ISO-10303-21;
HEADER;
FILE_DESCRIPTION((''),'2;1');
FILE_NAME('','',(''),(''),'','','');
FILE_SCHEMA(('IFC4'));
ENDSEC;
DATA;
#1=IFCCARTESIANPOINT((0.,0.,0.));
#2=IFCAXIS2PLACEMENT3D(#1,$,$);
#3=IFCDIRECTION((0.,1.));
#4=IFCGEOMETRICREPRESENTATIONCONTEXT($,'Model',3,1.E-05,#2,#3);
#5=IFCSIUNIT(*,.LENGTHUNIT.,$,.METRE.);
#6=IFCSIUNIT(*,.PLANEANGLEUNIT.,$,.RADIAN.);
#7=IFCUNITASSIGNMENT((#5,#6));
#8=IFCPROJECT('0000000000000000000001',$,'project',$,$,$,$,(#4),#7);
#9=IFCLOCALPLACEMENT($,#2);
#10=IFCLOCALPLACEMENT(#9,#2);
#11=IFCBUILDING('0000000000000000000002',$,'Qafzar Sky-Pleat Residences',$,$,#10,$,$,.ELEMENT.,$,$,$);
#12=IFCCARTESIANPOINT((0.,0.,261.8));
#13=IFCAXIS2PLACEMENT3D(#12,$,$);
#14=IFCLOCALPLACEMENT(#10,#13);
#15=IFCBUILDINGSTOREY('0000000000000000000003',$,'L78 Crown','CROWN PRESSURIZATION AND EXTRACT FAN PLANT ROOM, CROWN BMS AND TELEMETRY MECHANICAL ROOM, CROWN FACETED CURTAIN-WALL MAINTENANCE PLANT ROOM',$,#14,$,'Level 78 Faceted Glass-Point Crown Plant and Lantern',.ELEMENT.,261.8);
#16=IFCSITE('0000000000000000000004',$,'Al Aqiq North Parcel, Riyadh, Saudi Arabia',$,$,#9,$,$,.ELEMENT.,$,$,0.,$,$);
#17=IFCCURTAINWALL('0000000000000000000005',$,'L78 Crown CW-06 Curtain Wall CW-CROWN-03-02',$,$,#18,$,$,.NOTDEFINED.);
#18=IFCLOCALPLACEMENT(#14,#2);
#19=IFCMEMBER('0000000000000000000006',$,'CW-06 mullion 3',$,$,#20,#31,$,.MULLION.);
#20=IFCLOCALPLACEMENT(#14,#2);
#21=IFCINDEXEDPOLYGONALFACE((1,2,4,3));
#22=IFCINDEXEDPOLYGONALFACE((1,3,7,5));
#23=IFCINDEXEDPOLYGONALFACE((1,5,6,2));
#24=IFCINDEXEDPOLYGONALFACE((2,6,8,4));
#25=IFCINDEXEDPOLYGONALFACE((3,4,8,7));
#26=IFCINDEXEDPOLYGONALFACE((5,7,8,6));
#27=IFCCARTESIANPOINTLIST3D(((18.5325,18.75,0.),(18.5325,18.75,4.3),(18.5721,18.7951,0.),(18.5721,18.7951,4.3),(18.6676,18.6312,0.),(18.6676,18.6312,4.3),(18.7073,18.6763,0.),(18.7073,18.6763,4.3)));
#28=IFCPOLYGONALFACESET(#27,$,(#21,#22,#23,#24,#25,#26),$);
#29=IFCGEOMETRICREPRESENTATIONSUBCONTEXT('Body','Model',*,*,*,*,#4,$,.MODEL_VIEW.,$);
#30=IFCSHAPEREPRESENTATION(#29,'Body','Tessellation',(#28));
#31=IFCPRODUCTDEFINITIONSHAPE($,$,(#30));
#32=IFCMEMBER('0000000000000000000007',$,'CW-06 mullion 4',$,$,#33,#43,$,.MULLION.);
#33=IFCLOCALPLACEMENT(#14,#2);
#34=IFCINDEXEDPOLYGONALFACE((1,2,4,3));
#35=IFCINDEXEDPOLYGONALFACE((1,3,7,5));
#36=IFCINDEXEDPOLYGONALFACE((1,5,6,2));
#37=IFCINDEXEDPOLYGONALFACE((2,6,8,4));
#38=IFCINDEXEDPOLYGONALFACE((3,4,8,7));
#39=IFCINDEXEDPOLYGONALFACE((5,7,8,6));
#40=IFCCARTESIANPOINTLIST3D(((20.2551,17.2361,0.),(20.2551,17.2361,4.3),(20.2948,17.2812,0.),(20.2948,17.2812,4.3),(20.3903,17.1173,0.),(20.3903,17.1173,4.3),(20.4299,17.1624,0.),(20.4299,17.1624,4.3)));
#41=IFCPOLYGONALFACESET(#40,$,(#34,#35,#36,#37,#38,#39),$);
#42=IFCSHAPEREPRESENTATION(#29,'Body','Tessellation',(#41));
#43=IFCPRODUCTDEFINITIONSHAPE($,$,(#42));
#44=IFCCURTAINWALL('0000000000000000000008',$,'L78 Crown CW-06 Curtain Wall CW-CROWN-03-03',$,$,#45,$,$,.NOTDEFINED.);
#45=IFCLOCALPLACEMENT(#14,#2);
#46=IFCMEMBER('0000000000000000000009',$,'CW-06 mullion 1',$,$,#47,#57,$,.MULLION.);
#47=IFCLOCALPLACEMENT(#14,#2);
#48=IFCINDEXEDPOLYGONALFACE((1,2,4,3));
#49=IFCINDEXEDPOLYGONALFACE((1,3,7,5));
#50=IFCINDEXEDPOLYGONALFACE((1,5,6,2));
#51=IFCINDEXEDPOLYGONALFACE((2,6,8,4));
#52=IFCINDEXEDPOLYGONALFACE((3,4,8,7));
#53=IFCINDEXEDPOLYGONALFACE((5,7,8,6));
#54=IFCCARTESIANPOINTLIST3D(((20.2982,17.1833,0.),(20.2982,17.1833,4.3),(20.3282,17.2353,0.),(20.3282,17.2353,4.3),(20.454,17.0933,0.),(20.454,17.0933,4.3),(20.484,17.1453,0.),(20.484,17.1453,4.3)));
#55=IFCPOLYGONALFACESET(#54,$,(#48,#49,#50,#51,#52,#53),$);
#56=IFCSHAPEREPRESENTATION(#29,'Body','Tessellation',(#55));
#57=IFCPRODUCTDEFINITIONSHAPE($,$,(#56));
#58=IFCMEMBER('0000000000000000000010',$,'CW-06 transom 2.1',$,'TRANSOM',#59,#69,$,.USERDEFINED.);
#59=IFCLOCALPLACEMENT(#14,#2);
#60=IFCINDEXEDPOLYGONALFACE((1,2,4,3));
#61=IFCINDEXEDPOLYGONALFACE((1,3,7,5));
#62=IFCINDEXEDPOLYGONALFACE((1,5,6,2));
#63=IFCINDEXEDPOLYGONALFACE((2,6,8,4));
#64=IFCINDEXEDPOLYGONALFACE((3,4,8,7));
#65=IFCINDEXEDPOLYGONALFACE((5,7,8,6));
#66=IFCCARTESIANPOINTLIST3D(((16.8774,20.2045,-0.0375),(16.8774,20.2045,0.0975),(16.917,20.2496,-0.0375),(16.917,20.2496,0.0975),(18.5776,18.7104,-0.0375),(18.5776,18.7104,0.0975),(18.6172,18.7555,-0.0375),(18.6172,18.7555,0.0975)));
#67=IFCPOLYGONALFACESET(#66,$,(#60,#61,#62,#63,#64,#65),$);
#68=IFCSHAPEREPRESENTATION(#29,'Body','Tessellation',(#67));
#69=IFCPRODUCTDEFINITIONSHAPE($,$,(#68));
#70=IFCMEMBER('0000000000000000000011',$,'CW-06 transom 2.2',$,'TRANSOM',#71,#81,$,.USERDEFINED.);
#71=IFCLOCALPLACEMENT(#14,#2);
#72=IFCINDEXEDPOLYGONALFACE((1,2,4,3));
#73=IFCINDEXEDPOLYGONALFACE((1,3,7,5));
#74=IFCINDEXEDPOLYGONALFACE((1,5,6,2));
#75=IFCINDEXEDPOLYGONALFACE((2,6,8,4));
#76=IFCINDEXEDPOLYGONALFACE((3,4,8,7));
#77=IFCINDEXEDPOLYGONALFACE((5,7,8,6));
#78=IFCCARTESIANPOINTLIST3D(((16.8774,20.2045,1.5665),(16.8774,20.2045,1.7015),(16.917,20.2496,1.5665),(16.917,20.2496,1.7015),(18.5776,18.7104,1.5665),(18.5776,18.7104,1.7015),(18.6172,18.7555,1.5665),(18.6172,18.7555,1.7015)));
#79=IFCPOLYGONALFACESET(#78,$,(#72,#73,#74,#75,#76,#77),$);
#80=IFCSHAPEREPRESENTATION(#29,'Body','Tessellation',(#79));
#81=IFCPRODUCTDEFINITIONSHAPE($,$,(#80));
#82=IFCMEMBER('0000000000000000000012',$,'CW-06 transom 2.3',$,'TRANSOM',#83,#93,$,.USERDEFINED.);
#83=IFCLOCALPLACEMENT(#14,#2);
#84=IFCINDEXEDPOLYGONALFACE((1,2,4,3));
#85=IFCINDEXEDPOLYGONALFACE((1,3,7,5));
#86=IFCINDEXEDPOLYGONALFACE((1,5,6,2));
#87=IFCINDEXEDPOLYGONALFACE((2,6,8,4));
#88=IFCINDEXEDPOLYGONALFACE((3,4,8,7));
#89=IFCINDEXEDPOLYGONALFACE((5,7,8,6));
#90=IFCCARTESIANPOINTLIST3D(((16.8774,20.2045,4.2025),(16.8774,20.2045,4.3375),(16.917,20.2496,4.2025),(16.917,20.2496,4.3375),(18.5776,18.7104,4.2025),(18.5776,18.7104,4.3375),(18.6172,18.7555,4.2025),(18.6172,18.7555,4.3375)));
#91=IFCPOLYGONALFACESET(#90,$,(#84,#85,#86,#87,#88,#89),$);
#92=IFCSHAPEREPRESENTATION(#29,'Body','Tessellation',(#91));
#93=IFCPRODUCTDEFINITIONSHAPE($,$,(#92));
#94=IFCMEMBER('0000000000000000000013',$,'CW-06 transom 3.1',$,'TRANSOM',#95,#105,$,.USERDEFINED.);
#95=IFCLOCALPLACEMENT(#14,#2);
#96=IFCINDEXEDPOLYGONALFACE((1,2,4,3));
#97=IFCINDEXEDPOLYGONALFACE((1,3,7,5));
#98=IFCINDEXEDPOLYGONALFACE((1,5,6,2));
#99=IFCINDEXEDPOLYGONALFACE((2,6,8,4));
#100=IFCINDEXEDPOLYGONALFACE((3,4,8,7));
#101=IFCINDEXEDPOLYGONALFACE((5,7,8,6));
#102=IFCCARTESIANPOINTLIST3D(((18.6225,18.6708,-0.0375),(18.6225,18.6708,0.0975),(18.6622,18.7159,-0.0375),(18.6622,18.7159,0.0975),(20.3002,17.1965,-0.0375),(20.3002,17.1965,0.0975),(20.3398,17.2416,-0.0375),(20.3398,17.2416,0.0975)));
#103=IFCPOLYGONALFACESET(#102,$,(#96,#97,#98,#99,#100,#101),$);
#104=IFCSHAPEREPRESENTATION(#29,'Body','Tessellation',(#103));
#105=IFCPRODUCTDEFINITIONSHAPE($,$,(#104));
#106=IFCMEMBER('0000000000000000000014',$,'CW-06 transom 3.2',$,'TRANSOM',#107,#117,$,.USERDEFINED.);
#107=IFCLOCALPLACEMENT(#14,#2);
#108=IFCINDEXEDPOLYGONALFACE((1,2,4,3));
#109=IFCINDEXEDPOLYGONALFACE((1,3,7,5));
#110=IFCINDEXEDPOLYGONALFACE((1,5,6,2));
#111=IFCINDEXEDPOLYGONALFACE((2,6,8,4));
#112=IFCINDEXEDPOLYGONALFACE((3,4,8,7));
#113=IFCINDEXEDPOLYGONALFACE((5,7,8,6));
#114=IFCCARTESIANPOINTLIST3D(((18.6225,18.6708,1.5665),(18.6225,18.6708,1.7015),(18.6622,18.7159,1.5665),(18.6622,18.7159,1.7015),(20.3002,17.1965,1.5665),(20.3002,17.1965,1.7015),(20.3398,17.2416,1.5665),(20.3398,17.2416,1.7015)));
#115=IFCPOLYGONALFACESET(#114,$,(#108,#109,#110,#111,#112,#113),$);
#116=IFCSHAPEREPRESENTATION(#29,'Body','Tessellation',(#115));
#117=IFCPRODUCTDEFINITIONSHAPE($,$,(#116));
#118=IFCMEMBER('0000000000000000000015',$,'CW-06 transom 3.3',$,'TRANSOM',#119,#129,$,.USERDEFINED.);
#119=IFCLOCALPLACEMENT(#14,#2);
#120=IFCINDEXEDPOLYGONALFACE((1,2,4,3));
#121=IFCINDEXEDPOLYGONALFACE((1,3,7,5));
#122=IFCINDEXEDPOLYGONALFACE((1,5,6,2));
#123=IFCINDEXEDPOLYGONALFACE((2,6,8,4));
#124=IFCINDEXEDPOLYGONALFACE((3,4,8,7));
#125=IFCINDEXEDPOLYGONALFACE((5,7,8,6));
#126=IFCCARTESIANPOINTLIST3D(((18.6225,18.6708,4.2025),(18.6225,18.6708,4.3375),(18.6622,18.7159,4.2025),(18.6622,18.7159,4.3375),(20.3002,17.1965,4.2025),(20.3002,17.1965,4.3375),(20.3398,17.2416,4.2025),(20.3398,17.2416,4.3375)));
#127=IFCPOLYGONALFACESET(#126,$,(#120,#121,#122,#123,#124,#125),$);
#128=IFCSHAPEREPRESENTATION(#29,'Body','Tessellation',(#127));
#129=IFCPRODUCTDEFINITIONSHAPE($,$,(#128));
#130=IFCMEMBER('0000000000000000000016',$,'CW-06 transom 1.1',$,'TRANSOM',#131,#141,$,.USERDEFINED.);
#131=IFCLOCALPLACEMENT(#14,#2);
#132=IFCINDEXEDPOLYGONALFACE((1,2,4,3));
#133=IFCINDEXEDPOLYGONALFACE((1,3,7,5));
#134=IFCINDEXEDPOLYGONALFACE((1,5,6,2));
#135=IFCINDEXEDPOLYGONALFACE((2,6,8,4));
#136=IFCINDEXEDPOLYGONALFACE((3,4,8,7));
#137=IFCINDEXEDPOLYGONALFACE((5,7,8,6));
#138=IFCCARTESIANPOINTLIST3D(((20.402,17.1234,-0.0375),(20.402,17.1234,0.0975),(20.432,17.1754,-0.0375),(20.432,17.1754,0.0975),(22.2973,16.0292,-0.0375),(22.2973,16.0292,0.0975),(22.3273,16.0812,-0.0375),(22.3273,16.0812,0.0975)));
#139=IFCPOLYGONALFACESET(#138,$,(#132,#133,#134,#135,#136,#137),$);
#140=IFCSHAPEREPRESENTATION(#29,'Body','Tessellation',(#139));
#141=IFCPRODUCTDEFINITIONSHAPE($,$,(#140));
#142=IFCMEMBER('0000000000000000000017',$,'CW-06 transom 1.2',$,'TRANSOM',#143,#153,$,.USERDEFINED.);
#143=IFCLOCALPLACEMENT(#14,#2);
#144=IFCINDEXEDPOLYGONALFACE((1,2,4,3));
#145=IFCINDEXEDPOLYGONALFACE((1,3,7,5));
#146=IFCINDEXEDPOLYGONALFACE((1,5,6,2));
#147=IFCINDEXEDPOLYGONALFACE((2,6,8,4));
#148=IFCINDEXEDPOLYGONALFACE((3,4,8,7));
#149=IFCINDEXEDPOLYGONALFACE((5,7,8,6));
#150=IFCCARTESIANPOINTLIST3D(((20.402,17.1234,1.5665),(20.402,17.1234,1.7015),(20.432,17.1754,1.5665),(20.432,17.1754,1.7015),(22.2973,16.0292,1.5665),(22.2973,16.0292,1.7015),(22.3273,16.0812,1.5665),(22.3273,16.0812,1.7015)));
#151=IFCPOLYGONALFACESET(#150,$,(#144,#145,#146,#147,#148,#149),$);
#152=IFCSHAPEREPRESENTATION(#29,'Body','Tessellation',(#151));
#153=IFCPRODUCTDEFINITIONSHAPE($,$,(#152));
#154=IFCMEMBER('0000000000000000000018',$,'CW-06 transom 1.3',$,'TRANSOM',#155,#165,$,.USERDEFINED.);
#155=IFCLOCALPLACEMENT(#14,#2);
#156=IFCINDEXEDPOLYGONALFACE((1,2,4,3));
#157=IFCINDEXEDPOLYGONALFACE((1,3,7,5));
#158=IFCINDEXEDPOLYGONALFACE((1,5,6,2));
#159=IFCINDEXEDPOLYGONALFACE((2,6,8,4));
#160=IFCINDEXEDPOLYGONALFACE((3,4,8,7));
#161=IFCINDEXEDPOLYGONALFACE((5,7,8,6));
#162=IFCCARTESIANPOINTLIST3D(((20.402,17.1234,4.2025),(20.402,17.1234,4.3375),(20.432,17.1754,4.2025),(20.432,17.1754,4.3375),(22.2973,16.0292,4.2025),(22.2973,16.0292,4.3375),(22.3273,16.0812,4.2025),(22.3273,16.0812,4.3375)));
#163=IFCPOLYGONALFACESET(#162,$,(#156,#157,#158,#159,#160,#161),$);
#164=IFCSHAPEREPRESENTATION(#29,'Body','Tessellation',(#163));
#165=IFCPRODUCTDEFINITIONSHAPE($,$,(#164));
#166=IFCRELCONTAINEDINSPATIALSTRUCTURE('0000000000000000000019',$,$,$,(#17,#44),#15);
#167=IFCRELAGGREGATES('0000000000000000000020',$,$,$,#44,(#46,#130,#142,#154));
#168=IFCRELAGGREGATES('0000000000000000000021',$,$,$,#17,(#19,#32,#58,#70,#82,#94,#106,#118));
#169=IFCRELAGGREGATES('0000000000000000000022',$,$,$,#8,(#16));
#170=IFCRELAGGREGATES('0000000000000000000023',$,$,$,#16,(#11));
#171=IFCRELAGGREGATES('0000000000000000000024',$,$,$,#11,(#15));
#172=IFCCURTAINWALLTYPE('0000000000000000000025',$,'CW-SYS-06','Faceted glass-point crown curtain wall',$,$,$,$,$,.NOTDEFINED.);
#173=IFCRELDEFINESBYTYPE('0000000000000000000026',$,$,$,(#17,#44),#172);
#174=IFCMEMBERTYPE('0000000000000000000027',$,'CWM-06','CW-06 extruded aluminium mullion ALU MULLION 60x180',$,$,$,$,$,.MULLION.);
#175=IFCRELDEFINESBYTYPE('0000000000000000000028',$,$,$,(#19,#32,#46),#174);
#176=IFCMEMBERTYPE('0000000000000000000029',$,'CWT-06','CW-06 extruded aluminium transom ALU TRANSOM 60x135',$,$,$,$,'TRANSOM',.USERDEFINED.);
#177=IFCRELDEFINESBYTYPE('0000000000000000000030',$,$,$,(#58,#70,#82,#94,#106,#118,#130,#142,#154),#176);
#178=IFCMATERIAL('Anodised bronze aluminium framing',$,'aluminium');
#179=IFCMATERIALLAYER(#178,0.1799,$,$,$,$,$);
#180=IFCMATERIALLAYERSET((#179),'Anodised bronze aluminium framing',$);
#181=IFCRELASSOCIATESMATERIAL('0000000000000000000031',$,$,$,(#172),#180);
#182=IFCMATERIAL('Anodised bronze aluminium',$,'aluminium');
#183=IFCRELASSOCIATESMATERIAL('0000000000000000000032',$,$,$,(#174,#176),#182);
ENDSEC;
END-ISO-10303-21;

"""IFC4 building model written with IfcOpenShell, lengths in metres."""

from ifc_helpers import new_model, si_unit, direction, frame, origin, origin_2d, place, context, subcontext, project, spatial, rectangle, extrude, source, transform, mapped, material, layer, layer_set, material_profile, profile_set, type_object, element, aggregate, save


model = new_model("IFC4")

# Units and contexts
model_context = context("Model", 3, precision=1e-05, world=origin(), true_north=direction((0.0, 1.0)))
body_context = subcontext(model_context, "Body", "Model", "MODEL_VIEW")
ifc_project = project(units=[si_unit("LENGTHUNIT", "METRE"), si_unit("PLANEANGLEUNIT", "RADIAN")], contexts=[model_context])

# Site, building, storey
site_placement = place(None, origin())
site = spatial("IfcSite", under=ifc_project, at=site_placement, Name="Al Aqiq North Parcel, Riyadh, Saudi Arabia", CompositionType="ELEMENT", RefElevation=0.0)
building_placement = place(site_placement, origin())
building = spatial("IfcBuilding", under=site, at=building_placement, Name="Qafzar Sky-Pleat Residences", CompositionType="ELEMENT")
storey_placement = place(building_placement, frame((0.0, 0.0, 261.8)))
storey = spatial("IfcBuildingStorey", under=building, at=storey_placement, Name="L78 Crown", Description="CROWN PRESSURIZATION AND EXTRACT FAN PLANT ROOM, CROWN BMS AND TELEMETRY MECHANICAL ROOM, CROWN FACETED CURTAIN-WALL MAINTENANCE PLANT ROOM", LongName="Level 78 Faceted Glass-Point Crown Plant and Lantern", CompositionType="ELEMENT", Elevation=261.8)

# Curtain wall, members
ifc_material_1 = material(Name="Anodised bronze aluminium framing", Category="aluminium")
ifc_layer_1 = layer(ifc_material_1, 0.1799)
ifc_layer_set_1 = layer_set([ifc_layer_1], Name="Anodised bronze aluminium framing")
curtain_wall_type = type_object("IfcCurtainWallType", Name="CW-SYS-06", Description="Faceted glass-point crown curtain wall", PredefinedType="NOTDEFINED", material=ifc_layer_set_1)
curtain_wall_1_placement = place(storey_placement, origin())
curtain_wall_1 = element("IfcCurtainWall", 1, at=curtain_wall_1_placement, inside=storey, type_object=curtain_wall_type, Name="L78 Crown CW-06 Curtain Wall CW-CROWN-03-02", PredefinedType="NOTDEFINED")
ifc_material_2 = material(Name="Anodised bronze aluminium", Category="aluminium")
ifc_material_profile_1 = material_profile(ifc_material_2, rectangle(XDim=0.0601, YDim=0.1799, at=origin_2d()), Name="ALU MULLION 60x180")
ifc_profile_set_1 = profile_set([ifc_material_profile_1], Name="Anodised bronze aluminium")
member_type_1 = type_object("IfcMemberType", Name="CWM-06", Description="CW-06 extruded aluminium mullion ALU MULLION 60x180", PredefinedType="MULLION", material=ifc_profile_set_1)
shared_shape_1 = source(origin(), body_context, "Body", "SweptSolid", [
    extrude(rectangle(XDim=0.0601, YDim=0.1799, at=origin_2d()), origin(), (0.0, 0.0, 1.0), 4.3),
])
member_1_placement = place(storey_placement, frame((18.6199, 18.7131, 0.0), z_axis=(0.0, 0.0, 1.0), x_axis=(0.660134, 0.751148, 0.0)))
member_1 = element("IfcMember", 2, at=member_1_placement, type_object=member_type_1, Name="CW-06 mullion 3", PredefinedType="MULLION", context=body_context, shape_type="MappedRepresentation", body=[
    mapped(shared_shape_1, transform((0.0, 0.0, 0.0), x_axis=(1.0, 0.0, 0.0), y_axis=(0.0, 1.0, 0.0), z_axis=(0.0, 0.0, 1.0), scale=1.0)),
])
member_2_placement = place(storey_placement, frame((20.3425, 17.1992, 0.0), z_axis=(0.0, 0.0, 1.0), x_axis=(0.660134, 0.751148, 0.0)))
member_2 = element("IfcMember", 3, at=member_2_placement, type_object=member_type_1, Name="CW-06 mullion 4", PredefinedType="MULLION", context=body_context, shape_type="MappedRepresentation", body=[
    mapped(shared_shape_1, transform((0.0, 0.0, 0.0), x_axis=(1.0, 0.0, 0.0), y_axis=(0.0, 1.0, 0.0), z_axis=(0.0, 0.0, 1.0), scale=1.0)),
])

# Curtain wall, member
curtain_wall_2_placement = place(storey_placement, origin())
curtain_wall_2 = element("IfcCurtainWall", 4, at=curtain_wall_2_placement, inside=storey, type_object=curtain_wall_type, Name="L78 Crown CW-06 Curtain Wall CW-CROWN-03-03", PredefinedType="NOTDEFINED")
member_3_placement = place(storey_placement, frame((20.3911, 17.1643, 0.0), z_axis=(0.0, 0.0, 1.0), x_axis=(0.499993, 0.86603, 0.0)))
member_3 = element("IfcMember", 5, at=member_3_placement, type_object=member_type_1, Name="CW-06 mullion 1", PredefinedType="MULLION", context=body_context, shape_type="MappedRepresentation", body=[
    mapped(shared_shape_1, transform((0.0, 0.0, 0.0), x_axis=(1.0, 0.0, 0.0), y_axis=(0.0, 1.0, 0.0), z_axis=(0.0, 0.0, 1.0), scale=1.0)),
])

# Members
ifc_material_profile_2 = material_profile(ifc_material_2, rectangle(XDim=0.0601, YDim=0.135, at=origin_2d()), Name="ALU TRANSOM 60x135")
ifc_profile_set_2 = profile_set([ifc_material_profile_2], Name="Anodised bronze aluminium")
member_type_2 = type_object("IfcMemberType", Name="CWT-06", Description="CW-06 extruded aluminium transom ALU TRANSOM 60x135", ElementType="TRANSOM", PredefinedType="USERDEFINED", material=ifc_profile_set_2)
shared_shape_2 = source(origin(), body_context, "Body", "SweptSolid", [
    extrude(rectangle(XDim=0.0601, YDim=0.135, at=origin_2d()), origin(), (0.0, 0.0, 1.0), 2.2634),
])
member_4_placement = place(storey_placement, frame((16.8972, 20.2271, 0.03), z_axis=(0.751158, -0.660122, 0.0), x_axis=(0.660122, 0.751158, 0.0)))
member_4 = element("IfcMember", 6, at=member_4_placement, type_object=member_type_2, Name="CW-06 transom 2.1", ObjectType="TRANSOM", PredefinedType="USERDEFINED", context=body_context, shape_type="MappedRepresentation", body=[
    mapped(shared_shape_2, transform((0.0, 0.0, 0.0), x_axis=(1.0, 0.0, 0.0), y_axis=(0.0, 1.0, 0.0), z_axis=(0.0, 0.0, 1.0), scale=1.0)),
])
member_5_placement = place(storey_placement, frame((16.8972, 20.2271, 1.634), z_axis=(0.751158, -0.660122, 0.0), x_axis=(0.660122, 0.751158, 0.0)))
member_5 = element("IfcMember", 7, at=member_5_placement, type_object=member_type_2, Name="CW-06 transom 2.2", ObjectType="TRANSOM", PredefinedType="USERDEFINED", context=body_context, shape_type="MappedRepresentation", body=[
    mapped(shared_shape_2, transform((0.0, 0.0, 0.0), x_axis=(1.0, 0.0, 0.0), y_axis=(0.0, 1.0, 0.0), z_axis=(0.0, 0.0, 1.0), scale=1.0)),
])
member_6_placement = place(storey_placement, frame((16.8972, 20.2271, 4.27), z_axis=(0.751158, -0.660122, 0.0), x_axis=(0.660122, 0.751158, 0.0)))
member_6 = element("IfcMember", 8, at=member_6_placement, type_object=member_type_2, Name="CW-06 transom 2.3", ObjectType="TRANSOM", PredefinedType="USERDEFINED", context=body_context, shape_type="MappedRepresentation", body=[
    mapped(shared_shape_2, transform((0.0, 0.0, 0.0), x_axis=(1.0, 0.0, 0.0), y_axis=(0.0, 1.0, 0.0), z_axis=(0.0, 0.0, 1.0), scale=1.0)),
])
shared_shape_3 = source(origin(), body_context, "Body", "SweptSolid", [
    extrude(rectangle(XDim=0.0601, YDim=0.135, at=origin_2d()), origin(), (0.0, 0.0, 1.0), 2.2334),
])
member_7_placement = place(storey_placement, frame((18.6423, 18.6934, 0.03), z_axis=(0.751167, -0.660113, 0.0), x_axis=(0.660113, 0.751167, 0.0)))
member_7 = element("IfcMember", 9, at=member_7_placement, type_object=member_type_2, Name="CW-06 transom 3.1", ObjectType="TRANSOM", PredefinedType="USERDEFINED", context=body_context, shape_type="MappedRepresentation", body=[
    mapped(shared_shape_3, transform((0.0, 0.0, 0.0), x_axis=(1.0, 0.0, 0.0), y_axis=(0.0, 1.0, 0.0), z_axis=(0.0, 0.0, 1.0), scale=1.0)),
])
member_8_placement = place(storey_placement, frame((18.6423, 18.6934, 1.634), z_axis=(0.751167, -0.660113, 0.0), x_axis=(0.660113, 0.751167, 0.0)))
member_8 = element("IfcMember", 10, at=member_8_placement, type_object=member_type_2, Name="CW-06 transom 3.2", ObjectType="TRANSOM", PredefinedType="USERDEFINED", context=body_context, shape_type="MappedRepresentation", body=[
    mapped(shared_shape_3, transform((0.0, 0.0, 0.0), x_axis=(1.0, 0.0, 0.0), y_axis=(0.0, 1.0, 0.0), z_axis=(0.0, 0.0, 1.0), scale=1.0)),
])
member_9_placement = place(storey_placement, frame((18.6423, 18.6934, 4.27), z_axis=(0.751167, -0.660113, 0.0), x_axis=(0.660113, 0.751167, 0.0)))
member_9 = element("IfcMember", 11, at=member_9_placement, type_object=member_type_2, Name="CW-06 transom 3.3", ObjectType="TRANSOM", PredefinedType="USERDEFINED", context=body_context, shape_type="MappedRepresentation", body=[
    mapped(shared_shape_3, transform((0.0, 0.0, 0.0), x_axis=(1.0, 0.0, 0.0), y_axis=(0.0, 1.0, 0.0), z_axis=(0.0, 0.0, 1.0), scale=1.0)),
])
shared_shape_4 = source(origin(), body_context, "Body", "SweptSolid", [
    extrude(rectangle(XDim=0.0601, YDim=0.135, at=origin_2d()), origin(), (0.0, 0.0, 1.0), 2.1885),
])
member_10_placement = place(storey_placement, frame((20.417, 17.1494, 0.03), z_axis=(0.866024, -0.500002, 0.0), x_axis=(0.500002, 0.866024, 0.0)))
member_10 = element("IfcMember", 12, at=member_10_placement, type_object=member_type_2, Name="CW-06 transom 1.1", ObjectType="TRANSOM", PredefinedType="USERDEFINED", context=body_context, shape_type="MappedRepresentation", body=[
    mapped(shared_shape_4, transform((0.0, 0.0, 0.0), x_axis=(1.0, 0.0, 0.0), y_axis=(0.0, 1.0, 0.0), z_axis=(0.0, 0.0, 1.0), scale=1.0)),
])
member_11_placement = place(storey_placement, frame((20.417, 17.1494, 1.634), z_axis=(0.866024, -0.500002, 0.0), x_axis=(0.500002, 0.866024, 0.0)))
member_11 = element("IfcMember", 13, at=member_11_placement, type_object=member_type_2, Name="CW-06 transom 1.2", ObjectType="TRANSOM", PredefinedType="USERDEFINED", context=body_context, shape_type="MappedRepresentation", body=[
    mapped(shared_shape_4, transform((0.0, 0.0, 0.0), x_axis=(1.0, 0.0, 0.0), y_axis=(0.0, 1.0, 0.0), z_axis=(0.0, 0.0, 1.0), scale=1.0)),
])
member_12_placement = place(storey_placement, frame((20.417, 17.1494, 4.27), z_axis=(0.866024, -0.500002, 0.0), x_axis=(0.500002, 0.866024, 0.0)))
member_12 = element("IfcMember", 14, at=member_12_placement, type_object=member_type_2, Name="CW-06 transom 1.3", ObjectType="TRANSOM", PredefinedType="USERDEFINED", context=body_context, shape_type="MappedRepresentation", body=[
    mapped(shared_shape_4, transform((0.0, 0.0, 0.0), x_axis=(1.0, 0.0, 0.0), y_axis=(0.0, 1.0, 0.0), z_axis=(0.0, 0.0, 1.0), scale=1.0)),
])
aggregate(curtain_wall_2, [member_3, member_10, member_11, member_12])

aggregate(curtain_wall_1, [member_1, member_2, member_4, member_5, member_6, member_7, member_8, member_9])

save(model, "model.ifc")
